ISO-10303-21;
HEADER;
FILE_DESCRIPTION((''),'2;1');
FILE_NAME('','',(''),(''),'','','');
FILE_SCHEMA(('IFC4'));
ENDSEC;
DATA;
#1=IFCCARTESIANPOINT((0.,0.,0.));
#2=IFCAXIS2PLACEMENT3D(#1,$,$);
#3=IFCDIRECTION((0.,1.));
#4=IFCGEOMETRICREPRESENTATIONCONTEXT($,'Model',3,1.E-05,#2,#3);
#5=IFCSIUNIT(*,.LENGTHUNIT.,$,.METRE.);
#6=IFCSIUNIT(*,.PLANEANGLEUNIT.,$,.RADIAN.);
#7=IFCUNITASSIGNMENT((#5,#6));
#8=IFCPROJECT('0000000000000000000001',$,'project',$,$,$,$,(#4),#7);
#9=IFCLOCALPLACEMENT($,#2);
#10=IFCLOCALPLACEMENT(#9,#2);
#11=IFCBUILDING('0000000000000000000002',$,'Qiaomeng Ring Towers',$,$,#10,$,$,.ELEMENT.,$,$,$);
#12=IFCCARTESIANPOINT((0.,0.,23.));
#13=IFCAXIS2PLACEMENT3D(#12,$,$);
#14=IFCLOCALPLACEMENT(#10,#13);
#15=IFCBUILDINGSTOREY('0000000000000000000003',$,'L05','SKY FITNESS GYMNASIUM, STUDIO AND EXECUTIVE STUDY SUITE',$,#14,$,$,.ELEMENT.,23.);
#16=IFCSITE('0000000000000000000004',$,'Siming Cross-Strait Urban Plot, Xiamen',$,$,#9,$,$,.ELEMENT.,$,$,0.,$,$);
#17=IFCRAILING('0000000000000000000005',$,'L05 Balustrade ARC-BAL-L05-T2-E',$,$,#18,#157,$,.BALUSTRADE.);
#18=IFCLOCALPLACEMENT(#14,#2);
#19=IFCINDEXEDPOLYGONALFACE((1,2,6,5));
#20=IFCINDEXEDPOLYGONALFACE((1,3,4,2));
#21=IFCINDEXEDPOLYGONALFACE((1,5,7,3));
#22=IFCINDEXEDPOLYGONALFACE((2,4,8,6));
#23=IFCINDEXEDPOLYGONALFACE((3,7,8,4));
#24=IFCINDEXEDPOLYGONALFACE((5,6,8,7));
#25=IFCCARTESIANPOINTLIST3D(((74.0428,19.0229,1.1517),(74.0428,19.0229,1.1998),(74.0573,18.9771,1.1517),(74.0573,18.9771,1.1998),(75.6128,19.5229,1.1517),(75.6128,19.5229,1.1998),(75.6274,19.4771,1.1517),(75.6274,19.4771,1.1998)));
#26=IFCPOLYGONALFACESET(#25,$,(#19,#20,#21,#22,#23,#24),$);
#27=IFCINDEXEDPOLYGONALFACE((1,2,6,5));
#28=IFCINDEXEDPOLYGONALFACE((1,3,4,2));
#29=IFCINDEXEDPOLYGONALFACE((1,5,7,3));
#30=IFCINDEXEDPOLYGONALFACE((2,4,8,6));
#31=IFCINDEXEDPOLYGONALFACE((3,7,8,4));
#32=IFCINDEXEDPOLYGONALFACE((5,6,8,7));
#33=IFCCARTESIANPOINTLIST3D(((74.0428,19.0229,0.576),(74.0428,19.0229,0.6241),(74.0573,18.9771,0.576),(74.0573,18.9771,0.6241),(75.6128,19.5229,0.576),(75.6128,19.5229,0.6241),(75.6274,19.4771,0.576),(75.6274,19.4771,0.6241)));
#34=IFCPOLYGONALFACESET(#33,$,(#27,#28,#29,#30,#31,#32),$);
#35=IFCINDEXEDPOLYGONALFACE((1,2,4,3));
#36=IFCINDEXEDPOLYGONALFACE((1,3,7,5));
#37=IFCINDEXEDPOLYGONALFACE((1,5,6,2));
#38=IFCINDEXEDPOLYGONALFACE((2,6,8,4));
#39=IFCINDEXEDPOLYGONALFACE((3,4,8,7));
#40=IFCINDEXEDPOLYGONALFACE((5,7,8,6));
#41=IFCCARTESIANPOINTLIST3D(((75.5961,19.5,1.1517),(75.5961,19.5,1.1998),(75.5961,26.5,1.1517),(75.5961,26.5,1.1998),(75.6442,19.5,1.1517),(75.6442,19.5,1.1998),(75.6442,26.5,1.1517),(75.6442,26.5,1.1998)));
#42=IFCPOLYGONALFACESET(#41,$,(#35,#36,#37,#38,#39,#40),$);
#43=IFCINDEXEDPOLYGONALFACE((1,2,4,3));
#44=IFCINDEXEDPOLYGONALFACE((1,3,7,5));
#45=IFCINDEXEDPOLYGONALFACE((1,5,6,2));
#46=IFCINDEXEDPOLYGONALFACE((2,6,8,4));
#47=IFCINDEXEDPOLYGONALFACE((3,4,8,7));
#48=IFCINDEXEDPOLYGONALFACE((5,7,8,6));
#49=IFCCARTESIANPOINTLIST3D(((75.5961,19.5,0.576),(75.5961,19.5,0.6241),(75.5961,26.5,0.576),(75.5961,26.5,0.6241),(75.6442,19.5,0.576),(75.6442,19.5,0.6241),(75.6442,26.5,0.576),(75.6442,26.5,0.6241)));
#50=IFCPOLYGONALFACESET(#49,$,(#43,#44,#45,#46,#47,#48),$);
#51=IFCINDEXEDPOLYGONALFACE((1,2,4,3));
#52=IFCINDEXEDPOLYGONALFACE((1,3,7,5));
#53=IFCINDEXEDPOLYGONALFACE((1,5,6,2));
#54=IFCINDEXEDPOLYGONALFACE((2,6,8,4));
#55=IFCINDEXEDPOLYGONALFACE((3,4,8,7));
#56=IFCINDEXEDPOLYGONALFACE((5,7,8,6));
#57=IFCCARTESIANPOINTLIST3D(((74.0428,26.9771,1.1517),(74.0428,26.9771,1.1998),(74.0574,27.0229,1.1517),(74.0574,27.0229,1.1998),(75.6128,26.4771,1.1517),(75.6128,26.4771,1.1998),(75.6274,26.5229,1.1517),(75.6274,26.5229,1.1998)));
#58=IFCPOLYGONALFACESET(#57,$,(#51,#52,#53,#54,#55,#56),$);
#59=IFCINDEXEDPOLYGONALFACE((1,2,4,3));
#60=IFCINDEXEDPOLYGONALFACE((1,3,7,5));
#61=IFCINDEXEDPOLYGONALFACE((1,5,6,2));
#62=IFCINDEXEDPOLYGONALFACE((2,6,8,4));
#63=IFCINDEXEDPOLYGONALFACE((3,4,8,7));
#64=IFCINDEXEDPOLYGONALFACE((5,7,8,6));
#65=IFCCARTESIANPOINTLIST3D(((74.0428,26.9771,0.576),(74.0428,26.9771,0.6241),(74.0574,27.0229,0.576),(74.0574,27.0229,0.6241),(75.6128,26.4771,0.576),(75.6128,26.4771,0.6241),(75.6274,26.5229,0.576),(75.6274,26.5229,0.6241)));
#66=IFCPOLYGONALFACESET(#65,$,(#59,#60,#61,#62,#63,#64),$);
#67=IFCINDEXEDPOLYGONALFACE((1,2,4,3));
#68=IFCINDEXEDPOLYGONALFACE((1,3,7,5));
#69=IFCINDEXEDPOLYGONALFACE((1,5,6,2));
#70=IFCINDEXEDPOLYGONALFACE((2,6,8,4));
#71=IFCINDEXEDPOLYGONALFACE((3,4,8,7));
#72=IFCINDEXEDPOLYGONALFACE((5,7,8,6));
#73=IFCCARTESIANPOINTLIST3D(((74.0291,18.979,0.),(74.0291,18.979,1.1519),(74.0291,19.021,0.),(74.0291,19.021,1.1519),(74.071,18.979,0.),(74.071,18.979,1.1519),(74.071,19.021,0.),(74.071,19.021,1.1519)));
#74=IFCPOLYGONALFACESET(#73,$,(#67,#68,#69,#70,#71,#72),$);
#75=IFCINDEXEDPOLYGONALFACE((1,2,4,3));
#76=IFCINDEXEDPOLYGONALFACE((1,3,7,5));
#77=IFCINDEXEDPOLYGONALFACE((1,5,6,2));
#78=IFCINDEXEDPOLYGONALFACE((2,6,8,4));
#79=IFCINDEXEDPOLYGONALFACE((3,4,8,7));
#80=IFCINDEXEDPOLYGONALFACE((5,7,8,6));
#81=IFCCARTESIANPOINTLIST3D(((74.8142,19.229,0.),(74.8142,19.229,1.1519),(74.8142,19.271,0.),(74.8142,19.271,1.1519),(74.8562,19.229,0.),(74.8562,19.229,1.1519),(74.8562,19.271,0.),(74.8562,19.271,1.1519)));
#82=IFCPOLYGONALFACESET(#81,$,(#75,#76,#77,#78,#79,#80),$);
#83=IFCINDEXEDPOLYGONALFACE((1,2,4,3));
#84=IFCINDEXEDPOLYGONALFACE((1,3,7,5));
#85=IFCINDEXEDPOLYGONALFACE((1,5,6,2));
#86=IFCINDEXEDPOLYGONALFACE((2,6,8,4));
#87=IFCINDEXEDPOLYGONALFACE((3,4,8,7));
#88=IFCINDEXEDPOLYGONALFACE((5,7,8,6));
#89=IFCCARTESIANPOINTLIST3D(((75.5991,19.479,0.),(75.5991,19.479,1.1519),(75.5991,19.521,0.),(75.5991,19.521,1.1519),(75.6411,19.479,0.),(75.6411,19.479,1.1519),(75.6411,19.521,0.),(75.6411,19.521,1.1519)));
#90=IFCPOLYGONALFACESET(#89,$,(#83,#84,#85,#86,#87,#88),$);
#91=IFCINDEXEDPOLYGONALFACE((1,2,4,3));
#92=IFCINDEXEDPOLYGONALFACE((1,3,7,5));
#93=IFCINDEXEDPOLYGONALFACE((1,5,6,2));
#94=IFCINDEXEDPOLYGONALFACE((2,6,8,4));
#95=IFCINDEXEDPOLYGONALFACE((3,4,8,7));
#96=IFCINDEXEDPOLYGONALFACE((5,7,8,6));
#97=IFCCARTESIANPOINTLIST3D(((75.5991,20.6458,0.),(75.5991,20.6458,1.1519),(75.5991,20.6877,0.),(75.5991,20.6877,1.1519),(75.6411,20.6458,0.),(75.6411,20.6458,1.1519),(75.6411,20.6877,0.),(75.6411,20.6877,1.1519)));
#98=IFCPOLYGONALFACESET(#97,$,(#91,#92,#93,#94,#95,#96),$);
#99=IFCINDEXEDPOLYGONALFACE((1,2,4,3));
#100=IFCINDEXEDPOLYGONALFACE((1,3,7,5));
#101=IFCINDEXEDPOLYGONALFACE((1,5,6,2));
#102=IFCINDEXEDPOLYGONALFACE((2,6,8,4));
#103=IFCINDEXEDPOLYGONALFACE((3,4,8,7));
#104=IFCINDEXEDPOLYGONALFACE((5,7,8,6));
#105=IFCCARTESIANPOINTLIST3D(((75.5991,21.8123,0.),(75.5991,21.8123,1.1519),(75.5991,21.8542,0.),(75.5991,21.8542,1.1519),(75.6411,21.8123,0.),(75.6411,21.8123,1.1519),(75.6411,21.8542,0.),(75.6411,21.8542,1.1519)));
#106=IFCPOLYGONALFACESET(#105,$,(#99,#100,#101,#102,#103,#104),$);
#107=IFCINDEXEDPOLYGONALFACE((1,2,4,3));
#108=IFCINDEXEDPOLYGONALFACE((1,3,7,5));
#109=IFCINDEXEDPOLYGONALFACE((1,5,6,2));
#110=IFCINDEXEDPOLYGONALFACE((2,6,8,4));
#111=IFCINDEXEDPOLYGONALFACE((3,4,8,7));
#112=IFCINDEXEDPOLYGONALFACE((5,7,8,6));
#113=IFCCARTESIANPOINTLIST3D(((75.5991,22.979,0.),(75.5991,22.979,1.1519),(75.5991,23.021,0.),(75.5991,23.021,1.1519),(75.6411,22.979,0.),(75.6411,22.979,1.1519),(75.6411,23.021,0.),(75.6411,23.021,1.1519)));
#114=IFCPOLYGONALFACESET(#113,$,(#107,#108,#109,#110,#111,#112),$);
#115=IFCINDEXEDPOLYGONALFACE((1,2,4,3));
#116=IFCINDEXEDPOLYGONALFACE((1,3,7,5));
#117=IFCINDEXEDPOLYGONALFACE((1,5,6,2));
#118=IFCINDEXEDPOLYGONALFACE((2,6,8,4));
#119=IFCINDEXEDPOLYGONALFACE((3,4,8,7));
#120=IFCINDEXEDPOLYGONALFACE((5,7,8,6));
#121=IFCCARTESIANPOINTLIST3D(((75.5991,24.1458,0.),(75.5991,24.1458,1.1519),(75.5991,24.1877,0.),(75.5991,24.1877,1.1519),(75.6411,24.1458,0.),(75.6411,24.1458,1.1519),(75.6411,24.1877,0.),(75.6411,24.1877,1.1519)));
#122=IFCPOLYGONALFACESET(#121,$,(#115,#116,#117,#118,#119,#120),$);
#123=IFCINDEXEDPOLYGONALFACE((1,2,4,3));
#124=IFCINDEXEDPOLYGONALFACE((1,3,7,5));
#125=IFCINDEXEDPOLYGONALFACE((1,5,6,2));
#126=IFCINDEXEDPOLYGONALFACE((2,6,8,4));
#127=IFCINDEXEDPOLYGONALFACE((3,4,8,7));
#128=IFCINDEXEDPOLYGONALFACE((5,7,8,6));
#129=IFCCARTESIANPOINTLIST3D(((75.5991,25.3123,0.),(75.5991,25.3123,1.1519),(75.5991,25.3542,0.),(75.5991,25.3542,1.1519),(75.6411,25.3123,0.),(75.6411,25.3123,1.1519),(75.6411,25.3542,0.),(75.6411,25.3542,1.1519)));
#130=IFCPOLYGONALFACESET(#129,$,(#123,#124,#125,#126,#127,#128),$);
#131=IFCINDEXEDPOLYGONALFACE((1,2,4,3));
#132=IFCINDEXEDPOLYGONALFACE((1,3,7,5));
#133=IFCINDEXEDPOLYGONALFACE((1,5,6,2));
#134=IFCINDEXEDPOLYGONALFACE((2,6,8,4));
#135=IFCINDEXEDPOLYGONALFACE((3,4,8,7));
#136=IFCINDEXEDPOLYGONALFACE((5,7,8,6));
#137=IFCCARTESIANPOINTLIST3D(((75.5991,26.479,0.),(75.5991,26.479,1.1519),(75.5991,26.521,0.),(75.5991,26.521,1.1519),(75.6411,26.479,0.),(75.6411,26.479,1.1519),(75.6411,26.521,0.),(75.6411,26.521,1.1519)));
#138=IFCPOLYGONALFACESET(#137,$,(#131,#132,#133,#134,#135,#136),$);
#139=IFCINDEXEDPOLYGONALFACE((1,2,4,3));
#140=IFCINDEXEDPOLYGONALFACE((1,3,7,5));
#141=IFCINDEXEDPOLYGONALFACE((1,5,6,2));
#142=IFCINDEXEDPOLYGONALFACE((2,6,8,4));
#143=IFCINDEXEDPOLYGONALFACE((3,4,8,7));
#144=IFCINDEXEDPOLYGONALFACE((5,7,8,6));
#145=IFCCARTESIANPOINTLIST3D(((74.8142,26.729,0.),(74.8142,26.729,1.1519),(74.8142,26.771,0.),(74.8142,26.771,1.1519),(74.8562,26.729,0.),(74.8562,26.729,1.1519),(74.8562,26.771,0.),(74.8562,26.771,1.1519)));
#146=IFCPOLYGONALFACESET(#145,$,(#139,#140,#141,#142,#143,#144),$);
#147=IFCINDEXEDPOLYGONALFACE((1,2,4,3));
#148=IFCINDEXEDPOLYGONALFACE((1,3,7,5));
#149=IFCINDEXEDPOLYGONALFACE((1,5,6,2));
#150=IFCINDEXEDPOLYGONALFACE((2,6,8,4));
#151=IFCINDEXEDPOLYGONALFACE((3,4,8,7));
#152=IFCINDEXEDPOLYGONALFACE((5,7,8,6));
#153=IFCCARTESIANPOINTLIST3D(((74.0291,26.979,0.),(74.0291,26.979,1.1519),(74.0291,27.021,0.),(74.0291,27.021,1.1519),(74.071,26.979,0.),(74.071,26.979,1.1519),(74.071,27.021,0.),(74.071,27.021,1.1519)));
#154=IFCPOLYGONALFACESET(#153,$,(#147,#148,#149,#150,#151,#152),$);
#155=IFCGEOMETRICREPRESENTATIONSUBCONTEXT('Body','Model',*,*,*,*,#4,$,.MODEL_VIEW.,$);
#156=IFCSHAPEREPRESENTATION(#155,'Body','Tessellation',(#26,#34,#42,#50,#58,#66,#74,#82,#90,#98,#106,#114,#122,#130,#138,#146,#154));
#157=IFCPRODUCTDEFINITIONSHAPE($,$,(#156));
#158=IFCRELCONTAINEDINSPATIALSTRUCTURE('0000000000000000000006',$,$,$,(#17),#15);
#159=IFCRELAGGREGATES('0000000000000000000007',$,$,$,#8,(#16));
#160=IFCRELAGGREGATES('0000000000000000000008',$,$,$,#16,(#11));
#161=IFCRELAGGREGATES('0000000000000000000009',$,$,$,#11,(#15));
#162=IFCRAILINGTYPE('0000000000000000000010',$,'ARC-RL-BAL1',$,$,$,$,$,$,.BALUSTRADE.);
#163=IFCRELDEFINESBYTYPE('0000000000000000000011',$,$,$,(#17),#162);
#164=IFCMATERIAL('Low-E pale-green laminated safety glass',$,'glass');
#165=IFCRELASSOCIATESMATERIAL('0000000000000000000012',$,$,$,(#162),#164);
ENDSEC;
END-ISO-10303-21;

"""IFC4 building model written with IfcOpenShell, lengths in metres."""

from ifc_helpers import new_model, si_unit, direction, frame, origin, origin_2d, place, context, subcontext, project, spatial, rectangle, extrude, material, type_object, element, save


model = new_model("IFC4")

# Units and contexts
model_context = context("Model", 3, precision=1e-05, world=origin(), true_north=direction((0.0, 1.0)))
body_context = subcontext(model_context, "Body", "Model", "MODEL_VIEW")
ifc_project = project(units=[si_unit("LENGTHUNIT", "METRE"), si_unit("PLANEANGLEUNIT", "RADIAN")], contexts=[model_context])

# Site, building, storey
site_placement = place(None, origin())
site = spatial("IfcSite", under=ifc_project, at=site_placement, Name="Siming Cross-Strait Urban Plot, Xiamen", CompositionType="ELEMENT", RefElevation=0.0)
building_placement = place(site_placement, origin())
building = spatial("IfcBuilding", under=site, at=building_placement, Name="Qiaomeng Ring Towers", CompositionType="ELEMENT")
storey_placement = place(building_placement, frame((0.0, 0.0, 23.0)))
storey = spatial("IfcBuildingStorey", under=building, at=storey_placement, Name="L05", Description="SKY FITNESS GYMNASIUM, STUDIO AND EXECUTIVE STUDY SUITE", CompositionType="ELEMENT", Elevation=23.0)

# Railing
ifc_material_1 = material(Name="Low-E pale-green laminated safety glass", Category="glass")
railing_type = type_object("IfcRailingType", Name="ARC-RL-BAL1", PredefinedType="BALUSTRADE", material=ifc_material_1)
railing_placement = place(storey_placement, frame((74.05, 19.0, 0.0)))
element("IfcRailing", 1, at=railing_placement, inside=storey, type_object=railing_type, Name="L05 Balustrade ARC-BAL-L05-T2-E", PredefinedType="BALUSTRADE", context=body_context, shape_type="SweptSolid", body=[
    extrude(rectangle(XDim=0.0481, YDim=0.0481, at=origin_2d()), frame((0.0, 0.0, 1.1758), z_axis=(0.95285, 0.303442, 0.0), x_axis=(-0.303442, 0.95285, 0.0)), (0.0, 0.0, 1.0), 1.6477),
    extrude(rectangle(XDim=0.0481, YDim=0.0481, at=origin_2d()), frame((0.0, 0.0, 0.6001), z_axis=(0.95285, 0.303442, 0.0), x_axis=(-0.303442, 0.95285, 0.0)), (0.0, 0.0, 1.0), 1.6477),
    extrude(rectangle(XDim=0.0481, YDim=0.0481, at=origin_2d()), frame((1.5701, 0.5, 1.1758), z_axis=(0.0, 1.0, 0.0), x_axis=(-1.0, 0.0, 0.0)), (0.0, 0.0, 1.0), 7.0),
    extrude(rectangle(XDim=0.0481, YDim=0.0481, at=origin_2d()), frame((1.5701, 0.5, 0.6001), z_axis=(0.0, 1.0, 0.0), x_axis=(-1.0, 0.0, 0.0)), (0.0, 0.0, 1.0), 7.0),
    extrude(rectangle(XDim=0.0481, YDim=0.0481, at=origin_2d()), frame((1.5701, 7.5, 1.1758), z_axis=(-0.95285, 0.303442, 0.0), x_axis=(-0.303442, -0.95285, 0.0)), (0.0, 0.0, 1.0), 1.6477),
    extrude(rectangle(XDim=0.0481, YDim=0.0481, at=origin_2d()), frame((1.5701, 7.5, 0.6001), z_axis=(-0.95285, 0.303442, 0.0), x_axis=(-0.303442, -0.95285, 0.0)), (0.0, 0.0, 1.0), 1.6477),
    extrude(rectangle(XDim=0.042, YDim=0.042, at=origin_2d()), origin(), (0.0, 0.0, 1.0), 1.1519),
    extrude(rectangle(XDim=0.042, YDim=0.042, at=origin_2d()), frame((0.7852, 0.25, 0.0)), (0.0, 0.0, 1.0), 1.1519),
    extrude(rectangle(XDim=0.042, YDim=0.042, at=origin_2d()), frame((1.5701, 0.5, 0.0)), (0.0, 0.0, 1.0), 1.1519),
    extrude(rectangle(XDim=0.042, YDim=0.042, at=origin_2d()), frame((1.5701, 1.6667, 0.0)), (0.0, 0.0, 1.0), 1.1519),
    extrude(rectangle(XDim=0.042, YDim=0.042, at=origin_2d()), frame((1.5701, 2.8333, 0.0)), (0.0, 0.0, 1.0), 1.1519),
    extrude(rectangle(XDim=0.042, YDim=0.042, at=origin_2d()), frame((1.5701, 4.0, 0.0)), (0.0, 0.0, 1.0), 1.1519),
    extrude(rectangle(XDim=0.042, YDim=0.042, at=origin_2d()), frame((1.5701, 5.1667, 0.0)), (0.0, 0.0, 1.0), 1.1519),
    extrude(rectangle(XDim=0.042, YDim=0.042, at=origin_2d()), frame((1.5701, 6.3333, 0.0)), (0.0, 0.0, 1.0), 1.1519),
    extrude(rectangle(XDim=0.042, YDim=0.042, at=origin_2d()), frame((1.5701, 7.5, 0.0)), (0.0, 0.0, 1.0), 1.1519),
    extrude(rectangle(XDim=0.042, YDim=0.042, at=origin_2d()), frame((0.7852, 7.75, 0.0)), (0.0, 0.0, 1.0), 1.1519),
    extrude(rectangle(XDim=0.042, YDim=0.042, at=origin_2d()), frame((0.0, 8.0, 0.0)), (0.0, 0.0, 1.0), 1.1519),
])

save(model, "model.ifc")
